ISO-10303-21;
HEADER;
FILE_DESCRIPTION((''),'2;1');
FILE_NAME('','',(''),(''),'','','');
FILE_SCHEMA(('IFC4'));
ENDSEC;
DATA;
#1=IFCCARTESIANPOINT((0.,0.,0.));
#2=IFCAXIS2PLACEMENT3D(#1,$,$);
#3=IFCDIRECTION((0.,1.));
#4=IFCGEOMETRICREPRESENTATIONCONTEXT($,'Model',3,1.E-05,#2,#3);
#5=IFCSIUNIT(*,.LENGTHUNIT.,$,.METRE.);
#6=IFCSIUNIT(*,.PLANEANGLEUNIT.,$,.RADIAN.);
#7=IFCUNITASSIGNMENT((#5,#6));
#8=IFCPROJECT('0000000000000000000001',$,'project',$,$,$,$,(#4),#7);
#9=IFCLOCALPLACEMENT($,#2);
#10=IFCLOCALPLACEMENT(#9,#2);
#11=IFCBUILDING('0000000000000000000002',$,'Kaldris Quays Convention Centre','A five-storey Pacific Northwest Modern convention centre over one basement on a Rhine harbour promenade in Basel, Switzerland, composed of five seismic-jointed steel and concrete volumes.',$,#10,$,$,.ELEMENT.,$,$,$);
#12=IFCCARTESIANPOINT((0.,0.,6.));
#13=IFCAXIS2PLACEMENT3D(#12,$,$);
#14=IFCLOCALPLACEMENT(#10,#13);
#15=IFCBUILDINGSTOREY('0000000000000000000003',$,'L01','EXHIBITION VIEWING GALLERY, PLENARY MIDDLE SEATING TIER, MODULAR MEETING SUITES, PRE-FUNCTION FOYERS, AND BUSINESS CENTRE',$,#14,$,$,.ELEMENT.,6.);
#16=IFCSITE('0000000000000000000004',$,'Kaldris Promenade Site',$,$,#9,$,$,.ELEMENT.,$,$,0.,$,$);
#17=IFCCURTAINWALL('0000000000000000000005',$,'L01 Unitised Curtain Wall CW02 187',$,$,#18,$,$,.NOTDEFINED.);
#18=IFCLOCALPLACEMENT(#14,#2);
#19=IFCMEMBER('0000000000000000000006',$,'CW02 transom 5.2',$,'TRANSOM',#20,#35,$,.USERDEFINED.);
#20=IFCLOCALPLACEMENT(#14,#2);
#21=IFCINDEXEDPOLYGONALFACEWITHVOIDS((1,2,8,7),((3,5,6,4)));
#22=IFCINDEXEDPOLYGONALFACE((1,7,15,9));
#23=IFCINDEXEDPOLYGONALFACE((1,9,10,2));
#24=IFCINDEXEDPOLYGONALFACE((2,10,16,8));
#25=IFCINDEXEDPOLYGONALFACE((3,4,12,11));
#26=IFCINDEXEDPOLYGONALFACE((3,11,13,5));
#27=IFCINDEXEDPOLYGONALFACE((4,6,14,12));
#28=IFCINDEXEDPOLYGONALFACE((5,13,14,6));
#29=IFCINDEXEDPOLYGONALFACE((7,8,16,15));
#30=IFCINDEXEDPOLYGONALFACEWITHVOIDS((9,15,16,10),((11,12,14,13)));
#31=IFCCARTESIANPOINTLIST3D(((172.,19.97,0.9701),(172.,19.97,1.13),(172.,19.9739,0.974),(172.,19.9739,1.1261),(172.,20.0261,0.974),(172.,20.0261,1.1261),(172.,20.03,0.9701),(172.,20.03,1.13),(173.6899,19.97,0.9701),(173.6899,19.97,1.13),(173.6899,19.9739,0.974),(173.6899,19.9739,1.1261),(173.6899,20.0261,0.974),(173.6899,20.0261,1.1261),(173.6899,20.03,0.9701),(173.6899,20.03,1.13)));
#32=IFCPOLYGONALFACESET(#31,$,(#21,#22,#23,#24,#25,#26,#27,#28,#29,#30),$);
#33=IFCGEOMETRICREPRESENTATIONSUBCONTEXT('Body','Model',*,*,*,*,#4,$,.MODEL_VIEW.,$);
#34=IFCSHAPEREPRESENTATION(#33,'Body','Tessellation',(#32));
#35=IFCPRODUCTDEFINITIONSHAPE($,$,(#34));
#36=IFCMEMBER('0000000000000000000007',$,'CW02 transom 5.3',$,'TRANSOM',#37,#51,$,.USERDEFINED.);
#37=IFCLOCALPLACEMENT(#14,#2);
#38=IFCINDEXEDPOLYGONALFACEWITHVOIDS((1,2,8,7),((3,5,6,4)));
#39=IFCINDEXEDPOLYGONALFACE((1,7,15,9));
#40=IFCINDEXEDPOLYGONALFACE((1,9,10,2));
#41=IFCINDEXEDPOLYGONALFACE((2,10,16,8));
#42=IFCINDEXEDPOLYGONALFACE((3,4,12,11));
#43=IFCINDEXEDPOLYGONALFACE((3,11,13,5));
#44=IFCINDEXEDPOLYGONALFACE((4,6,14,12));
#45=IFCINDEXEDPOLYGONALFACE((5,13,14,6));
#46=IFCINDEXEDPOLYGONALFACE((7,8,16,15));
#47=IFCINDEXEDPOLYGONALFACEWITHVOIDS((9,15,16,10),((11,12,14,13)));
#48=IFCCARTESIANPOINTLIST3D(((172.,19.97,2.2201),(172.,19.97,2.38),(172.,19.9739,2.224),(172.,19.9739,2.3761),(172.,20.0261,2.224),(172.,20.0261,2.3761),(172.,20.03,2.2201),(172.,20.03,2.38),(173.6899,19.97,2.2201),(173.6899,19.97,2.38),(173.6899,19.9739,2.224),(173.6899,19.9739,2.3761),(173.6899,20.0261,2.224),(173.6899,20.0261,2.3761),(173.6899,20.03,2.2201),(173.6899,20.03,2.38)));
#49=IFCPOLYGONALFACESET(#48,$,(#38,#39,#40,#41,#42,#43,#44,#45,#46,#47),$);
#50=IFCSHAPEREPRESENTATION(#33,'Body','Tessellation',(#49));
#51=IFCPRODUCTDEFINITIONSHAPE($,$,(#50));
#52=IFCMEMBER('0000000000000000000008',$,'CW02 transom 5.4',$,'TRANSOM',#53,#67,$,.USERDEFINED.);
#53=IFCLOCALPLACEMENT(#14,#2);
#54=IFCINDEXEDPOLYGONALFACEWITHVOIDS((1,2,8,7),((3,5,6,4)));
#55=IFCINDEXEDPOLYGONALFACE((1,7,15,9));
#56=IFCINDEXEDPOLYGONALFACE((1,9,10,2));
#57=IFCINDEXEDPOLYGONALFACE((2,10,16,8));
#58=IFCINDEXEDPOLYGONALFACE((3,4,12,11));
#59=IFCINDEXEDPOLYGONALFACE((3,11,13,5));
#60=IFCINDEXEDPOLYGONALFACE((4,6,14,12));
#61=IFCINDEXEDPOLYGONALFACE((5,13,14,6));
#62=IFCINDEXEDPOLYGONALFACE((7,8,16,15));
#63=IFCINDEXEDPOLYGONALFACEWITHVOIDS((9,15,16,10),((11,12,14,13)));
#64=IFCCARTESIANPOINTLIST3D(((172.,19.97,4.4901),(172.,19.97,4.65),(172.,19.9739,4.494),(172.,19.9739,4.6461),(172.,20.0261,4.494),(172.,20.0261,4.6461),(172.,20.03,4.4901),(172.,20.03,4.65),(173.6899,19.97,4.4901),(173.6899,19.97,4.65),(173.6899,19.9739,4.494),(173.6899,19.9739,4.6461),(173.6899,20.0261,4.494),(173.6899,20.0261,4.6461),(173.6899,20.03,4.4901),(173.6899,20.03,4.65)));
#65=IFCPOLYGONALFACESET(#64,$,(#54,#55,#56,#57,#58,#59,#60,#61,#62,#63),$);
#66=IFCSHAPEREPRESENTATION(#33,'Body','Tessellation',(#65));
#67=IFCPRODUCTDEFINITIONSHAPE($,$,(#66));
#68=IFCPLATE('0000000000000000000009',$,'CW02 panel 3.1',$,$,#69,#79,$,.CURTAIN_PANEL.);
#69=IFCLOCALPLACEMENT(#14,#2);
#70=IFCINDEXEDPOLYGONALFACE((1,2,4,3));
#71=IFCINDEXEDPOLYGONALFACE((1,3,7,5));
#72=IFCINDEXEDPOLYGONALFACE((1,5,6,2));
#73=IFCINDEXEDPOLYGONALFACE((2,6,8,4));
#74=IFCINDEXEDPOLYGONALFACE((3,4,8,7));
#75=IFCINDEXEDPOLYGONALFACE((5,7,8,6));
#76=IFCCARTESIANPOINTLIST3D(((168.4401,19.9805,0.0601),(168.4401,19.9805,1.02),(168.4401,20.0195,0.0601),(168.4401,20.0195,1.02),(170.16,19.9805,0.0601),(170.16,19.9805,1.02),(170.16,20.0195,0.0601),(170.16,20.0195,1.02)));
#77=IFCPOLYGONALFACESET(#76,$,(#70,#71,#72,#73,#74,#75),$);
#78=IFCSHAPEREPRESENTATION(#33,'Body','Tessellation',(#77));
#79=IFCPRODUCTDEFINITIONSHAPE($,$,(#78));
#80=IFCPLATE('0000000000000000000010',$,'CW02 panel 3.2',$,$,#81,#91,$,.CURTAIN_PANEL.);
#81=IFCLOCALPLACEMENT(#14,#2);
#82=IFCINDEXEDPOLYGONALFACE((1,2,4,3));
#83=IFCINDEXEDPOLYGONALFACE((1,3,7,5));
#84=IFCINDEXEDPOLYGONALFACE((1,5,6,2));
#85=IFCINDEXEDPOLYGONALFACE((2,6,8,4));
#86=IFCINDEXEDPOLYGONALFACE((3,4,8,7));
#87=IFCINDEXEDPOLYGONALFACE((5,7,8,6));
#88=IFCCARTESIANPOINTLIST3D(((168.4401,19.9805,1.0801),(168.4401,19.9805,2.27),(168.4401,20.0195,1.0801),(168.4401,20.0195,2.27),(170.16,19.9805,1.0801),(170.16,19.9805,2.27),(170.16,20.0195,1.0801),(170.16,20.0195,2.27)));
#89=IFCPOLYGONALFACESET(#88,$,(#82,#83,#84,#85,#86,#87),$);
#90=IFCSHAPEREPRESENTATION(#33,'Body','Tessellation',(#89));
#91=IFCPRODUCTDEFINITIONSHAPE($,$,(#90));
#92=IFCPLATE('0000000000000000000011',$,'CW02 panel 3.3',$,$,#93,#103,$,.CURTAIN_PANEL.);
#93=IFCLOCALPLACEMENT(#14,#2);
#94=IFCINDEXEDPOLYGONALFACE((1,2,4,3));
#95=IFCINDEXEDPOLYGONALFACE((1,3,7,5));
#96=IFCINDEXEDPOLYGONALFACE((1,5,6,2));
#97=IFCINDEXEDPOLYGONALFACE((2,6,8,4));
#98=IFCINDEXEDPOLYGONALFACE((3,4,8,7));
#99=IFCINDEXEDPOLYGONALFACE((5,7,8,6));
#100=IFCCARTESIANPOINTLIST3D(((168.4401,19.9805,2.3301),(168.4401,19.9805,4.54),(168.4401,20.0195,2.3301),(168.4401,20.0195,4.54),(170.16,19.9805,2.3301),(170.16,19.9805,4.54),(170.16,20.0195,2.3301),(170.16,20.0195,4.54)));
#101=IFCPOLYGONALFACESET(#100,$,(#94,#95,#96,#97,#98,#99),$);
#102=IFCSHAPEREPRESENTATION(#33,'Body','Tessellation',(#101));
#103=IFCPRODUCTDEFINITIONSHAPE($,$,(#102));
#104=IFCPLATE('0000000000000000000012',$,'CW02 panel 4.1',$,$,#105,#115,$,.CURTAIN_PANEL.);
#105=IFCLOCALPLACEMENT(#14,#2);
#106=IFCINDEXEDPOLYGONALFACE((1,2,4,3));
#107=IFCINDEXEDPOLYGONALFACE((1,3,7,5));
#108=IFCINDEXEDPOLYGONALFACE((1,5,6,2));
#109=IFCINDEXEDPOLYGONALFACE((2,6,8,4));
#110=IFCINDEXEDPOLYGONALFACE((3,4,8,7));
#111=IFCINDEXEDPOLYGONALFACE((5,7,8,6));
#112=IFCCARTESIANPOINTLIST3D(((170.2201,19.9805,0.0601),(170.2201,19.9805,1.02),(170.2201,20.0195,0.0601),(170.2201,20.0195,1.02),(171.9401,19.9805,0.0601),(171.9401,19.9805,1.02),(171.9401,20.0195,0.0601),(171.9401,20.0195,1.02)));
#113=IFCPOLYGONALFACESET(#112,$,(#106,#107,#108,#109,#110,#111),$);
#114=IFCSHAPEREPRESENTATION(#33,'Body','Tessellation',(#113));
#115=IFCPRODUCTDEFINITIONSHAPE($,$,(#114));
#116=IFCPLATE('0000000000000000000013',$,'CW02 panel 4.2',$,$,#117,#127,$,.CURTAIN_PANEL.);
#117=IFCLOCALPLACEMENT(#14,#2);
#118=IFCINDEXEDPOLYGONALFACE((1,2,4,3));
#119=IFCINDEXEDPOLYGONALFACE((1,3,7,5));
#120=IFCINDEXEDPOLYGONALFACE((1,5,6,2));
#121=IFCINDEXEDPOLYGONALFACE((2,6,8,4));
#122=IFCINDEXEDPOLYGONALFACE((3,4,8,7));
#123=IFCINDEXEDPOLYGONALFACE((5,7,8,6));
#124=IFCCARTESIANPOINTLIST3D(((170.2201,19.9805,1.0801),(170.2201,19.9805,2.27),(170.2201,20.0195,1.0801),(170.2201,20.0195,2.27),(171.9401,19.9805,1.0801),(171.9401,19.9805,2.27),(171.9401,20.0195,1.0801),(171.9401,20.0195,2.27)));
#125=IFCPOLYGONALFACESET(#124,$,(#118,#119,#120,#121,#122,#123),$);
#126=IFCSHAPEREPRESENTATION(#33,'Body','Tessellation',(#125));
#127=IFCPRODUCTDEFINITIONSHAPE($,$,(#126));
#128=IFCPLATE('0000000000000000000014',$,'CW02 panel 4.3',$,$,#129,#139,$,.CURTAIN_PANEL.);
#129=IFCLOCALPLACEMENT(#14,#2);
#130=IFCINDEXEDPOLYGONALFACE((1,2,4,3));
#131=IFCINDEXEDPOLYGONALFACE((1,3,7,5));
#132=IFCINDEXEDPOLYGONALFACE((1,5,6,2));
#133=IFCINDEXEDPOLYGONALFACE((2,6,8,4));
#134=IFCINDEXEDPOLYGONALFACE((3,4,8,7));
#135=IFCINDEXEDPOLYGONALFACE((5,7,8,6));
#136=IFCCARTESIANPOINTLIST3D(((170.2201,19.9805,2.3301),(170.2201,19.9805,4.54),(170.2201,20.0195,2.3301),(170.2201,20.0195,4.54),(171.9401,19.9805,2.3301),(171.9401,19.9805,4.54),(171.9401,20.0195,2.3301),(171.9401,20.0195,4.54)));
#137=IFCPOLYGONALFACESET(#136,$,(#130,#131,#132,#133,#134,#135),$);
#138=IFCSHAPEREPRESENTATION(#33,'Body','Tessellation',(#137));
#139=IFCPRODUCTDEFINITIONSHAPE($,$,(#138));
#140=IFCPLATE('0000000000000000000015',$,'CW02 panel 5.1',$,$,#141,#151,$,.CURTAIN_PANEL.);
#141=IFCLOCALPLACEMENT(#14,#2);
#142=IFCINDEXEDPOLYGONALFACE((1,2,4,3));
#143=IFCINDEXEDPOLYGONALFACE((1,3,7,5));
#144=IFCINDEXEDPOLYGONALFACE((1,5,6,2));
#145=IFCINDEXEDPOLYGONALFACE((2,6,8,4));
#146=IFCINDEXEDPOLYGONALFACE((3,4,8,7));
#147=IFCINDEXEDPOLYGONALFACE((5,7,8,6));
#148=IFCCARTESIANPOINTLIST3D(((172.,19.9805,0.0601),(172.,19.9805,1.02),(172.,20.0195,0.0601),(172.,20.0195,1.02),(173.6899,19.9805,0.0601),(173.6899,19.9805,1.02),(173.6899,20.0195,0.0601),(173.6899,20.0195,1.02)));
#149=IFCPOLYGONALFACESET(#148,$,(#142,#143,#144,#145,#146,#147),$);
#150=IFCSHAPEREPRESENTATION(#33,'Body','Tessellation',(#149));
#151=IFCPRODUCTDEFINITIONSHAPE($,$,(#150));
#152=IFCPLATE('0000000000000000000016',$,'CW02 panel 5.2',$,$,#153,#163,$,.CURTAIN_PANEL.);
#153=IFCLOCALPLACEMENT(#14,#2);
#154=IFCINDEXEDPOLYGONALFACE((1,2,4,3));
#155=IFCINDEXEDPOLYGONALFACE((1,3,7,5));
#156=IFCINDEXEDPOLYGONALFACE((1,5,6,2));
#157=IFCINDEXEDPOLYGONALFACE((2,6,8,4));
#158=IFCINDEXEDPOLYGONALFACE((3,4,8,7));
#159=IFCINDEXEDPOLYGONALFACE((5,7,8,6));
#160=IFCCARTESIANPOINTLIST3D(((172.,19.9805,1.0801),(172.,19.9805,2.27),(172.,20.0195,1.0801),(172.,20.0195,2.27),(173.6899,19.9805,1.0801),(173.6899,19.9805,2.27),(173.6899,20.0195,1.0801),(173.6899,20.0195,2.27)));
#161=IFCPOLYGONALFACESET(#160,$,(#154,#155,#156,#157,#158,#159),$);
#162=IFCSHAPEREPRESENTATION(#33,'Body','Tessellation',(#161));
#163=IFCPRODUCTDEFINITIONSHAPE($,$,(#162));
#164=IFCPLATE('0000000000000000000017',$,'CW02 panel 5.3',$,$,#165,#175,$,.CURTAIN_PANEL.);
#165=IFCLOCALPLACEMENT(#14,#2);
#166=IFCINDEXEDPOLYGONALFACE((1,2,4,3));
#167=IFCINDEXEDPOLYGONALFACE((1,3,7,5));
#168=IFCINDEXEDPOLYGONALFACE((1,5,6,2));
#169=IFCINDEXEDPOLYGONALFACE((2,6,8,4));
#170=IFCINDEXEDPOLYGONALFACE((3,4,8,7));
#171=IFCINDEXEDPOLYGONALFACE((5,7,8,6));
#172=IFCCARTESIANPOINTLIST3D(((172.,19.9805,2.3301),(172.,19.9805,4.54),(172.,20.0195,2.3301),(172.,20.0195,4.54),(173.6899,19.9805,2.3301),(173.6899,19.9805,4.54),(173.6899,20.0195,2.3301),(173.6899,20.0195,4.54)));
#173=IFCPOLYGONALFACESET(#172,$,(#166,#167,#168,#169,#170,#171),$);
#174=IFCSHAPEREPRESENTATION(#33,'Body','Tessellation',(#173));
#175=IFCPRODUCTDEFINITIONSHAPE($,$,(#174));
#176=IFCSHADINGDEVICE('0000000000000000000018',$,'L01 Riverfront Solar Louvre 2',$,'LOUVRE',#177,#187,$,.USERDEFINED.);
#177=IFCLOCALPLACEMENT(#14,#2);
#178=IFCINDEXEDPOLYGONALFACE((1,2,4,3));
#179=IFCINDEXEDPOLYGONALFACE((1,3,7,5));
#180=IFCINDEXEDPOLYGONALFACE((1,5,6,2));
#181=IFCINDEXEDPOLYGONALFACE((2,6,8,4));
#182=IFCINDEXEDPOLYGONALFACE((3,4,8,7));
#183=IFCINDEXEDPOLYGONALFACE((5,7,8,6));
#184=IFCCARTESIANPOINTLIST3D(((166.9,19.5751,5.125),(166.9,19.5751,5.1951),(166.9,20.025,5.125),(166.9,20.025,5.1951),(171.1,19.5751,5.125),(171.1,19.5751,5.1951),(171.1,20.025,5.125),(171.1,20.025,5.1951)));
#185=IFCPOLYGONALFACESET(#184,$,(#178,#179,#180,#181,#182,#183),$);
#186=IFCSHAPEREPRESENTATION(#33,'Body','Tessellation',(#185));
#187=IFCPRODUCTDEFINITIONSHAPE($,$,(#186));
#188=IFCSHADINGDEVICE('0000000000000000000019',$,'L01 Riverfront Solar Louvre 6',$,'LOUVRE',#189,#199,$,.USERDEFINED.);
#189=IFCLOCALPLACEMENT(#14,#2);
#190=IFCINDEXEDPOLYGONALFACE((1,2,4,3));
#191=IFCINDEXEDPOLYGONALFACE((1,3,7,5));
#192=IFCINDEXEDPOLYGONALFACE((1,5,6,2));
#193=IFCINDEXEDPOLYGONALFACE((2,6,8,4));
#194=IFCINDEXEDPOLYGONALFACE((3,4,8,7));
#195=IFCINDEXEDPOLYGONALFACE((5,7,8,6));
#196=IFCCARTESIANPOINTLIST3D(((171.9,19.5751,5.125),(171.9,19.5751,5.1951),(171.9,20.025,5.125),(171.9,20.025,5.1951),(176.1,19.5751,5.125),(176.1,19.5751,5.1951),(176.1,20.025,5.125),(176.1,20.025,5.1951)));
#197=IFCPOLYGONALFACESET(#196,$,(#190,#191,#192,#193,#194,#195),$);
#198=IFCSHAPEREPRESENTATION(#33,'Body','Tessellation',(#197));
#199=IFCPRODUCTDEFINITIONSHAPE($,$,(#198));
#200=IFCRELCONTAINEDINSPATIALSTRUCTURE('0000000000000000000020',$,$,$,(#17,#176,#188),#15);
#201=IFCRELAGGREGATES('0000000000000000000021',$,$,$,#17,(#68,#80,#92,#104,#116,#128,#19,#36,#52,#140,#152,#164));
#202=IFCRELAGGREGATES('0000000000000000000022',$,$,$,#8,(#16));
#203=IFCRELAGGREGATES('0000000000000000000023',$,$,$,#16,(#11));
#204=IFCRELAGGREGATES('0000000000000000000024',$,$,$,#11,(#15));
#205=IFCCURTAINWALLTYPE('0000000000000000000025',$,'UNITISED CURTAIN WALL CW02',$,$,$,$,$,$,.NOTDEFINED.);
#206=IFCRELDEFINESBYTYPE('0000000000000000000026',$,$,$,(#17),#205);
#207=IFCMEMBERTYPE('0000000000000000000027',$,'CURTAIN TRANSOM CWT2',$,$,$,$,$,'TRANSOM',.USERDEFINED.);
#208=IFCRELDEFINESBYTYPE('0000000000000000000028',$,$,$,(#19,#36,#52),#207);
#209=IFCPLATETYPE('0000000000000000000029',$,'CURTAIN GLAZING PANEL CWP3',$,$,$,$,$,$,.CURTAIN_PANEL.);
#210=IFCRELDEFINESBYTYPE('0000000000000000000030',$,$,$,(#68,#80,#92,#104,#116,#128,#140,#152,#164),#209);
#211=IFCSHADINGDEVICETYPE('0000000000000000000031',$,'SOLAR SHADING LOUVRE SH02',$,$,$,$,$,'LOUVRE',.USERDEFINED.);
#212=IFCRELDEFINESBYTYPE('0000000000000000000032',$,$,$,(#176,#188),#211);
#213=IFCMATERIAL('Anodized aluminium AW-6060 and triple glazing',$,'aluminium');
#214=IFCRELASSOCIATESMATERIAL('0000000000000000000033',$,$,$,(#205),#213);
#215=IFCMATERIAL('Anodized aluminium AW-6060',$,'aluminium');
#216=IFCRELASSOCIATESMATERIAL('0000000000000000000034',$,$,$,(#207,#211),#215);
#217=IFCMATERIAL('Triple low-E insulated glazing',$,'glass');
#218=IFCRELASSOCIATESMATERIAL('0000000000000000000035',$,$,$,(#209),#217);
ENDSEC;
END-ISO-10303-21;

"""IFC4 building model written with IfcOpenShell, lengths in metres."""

from ifc_helpers import new_model, si_unit, direction, frame, origin, origin_2d, place, context, subcontext, project, spatial, rectangle, hollow_rectangle, extrude, material, material_profile, profile_set, type_object, element, aggregate, save


model = new_model("IFC4")

# Units and contexts
model_context = context("Model", 3, precision=1e-05, world=origin(), true_north=direction((0.0, 1.0)))
body_context = subcontext(model_context, "Body", "Model", "MODEL_VIEW")
ifc_project = project(units=[si_unit("LENGTHUNIT", "METRE"), si_unit("PLANEANGLEUNIT", "RADIAN")], contexts=[model_context])

# Site, building, storey
site_placement = place(None, origin())
site = spatial("IfcSite", under=ifc_project, at=site_placement, Name="Kaldris Promenade Site", CompositionType="ELEMENT", RefElevation=0.0)
building_placement = place(site_placement, origin())
building = spatial("IfcBuilding", under=site, at=building_placement, Name="Kaldris Quays Convention Centre", Description="A five-storey Pacific Northwest Modern convention centre over one basement on a Rhine harbour promenade in Basel, Switzerland, composed of five seismic-jointed steel and concrete volumes.", CompositionType="ELEMENT")
storey_placement = place(building_placement, frame((0.0, 0.0, 6.0)))
storey = spatial("IfcBuildingStorey", under=building, at=storey_placement, Name="L01", Description="EXHIBITION VIEWING GALLERY, PLENARY MIDDLE SEATING TIER, MODULAR MEETING SUITES, PRE-FUNCTION FOYERS, AND BUSINESS CENTRE", CompositionType="ELEMENT", Elevation=6.0)

# Curtain wall, members, plates
ifc_material_1 = material(Name="Anodized aluminium AW-6060 and triple glazing", Category="aluminium")
curtain_wall_type = type_object("IfcCurtainWallType", Name="UNITISED CURTAIN WALL CW02", PredefinedType="NOTDEFINED", material=ifc_material_1)
curtain_wall_placement = place(storey_placement, origin())
curtain_wall = element("IfcCurtainWall", 1, at=curtain_wall_placement, inside=storey, type_object=curtain_wall_type, Name="L01 Unitised Curtain Wall CW02 187", PredefinedType="NOTDEFINED")
ifc_material_2 = material(Name="Anodized aluminium AW-6060", Category="aluminium")
ifc_material_profile_1 = material_profile(ifc_material_2, hollow_rectangle(XDim=0.0601, YDim=0.1599, WallThickness=0.0039, at=origin_2d()), Name="RHS 160x60x4")
ifc_profile_set_1 = profile_set([ifc_material_profile_1], Name="Anodized aluminium AW-6060")
member_type_1 = type_object("IfcMemberType", Name="CURTAIN TRANSOM CWT2", ElementType="TRANSOM", PredefinedType="USERDEFINED", material=ifc_profile_set_1)
member_1_placement = place(storey_placement, frame((172.0, 20.0, 1.05), z_axis=(1.0, 0.0, 0.0), x_axis=(0.0, 1.0, 0.0)))
member_1 = element("IfcMember", 2, at=member_1_placement, type_object=member_type_1, Name="CW02 transom 5.2", ObjectType="TRANSOM", PredefinedType="USERDEFINED", context=body_context, shape_type="SweptSolid", body=[
    extrude(hollow_rectangle(XDim=0.0601, YDim=0.1599, WallThickness=0.0039, at=origin_2d()), origin(), (0.0, 0.0, 1.0), 1.6899),
])
member_2_placement = place(storey_placement, frame((172.0, 20.0, 2.3), z_axis=(1.0, 0.0, 0.0), x_axis=(0.0, 1.0, 0.0)))
member_2 = element("IfcMember", 3, at=member_2_placement, type_object=member_type_1, Name="CW02 transom 5.3", ObjectType="TRANSOM", PredefinedType="USERDEFINED", context=body_context, shape_type="SweptSolid", body=[
    extrude(hollow_rectangle(XDim=0.0601, YDim=0.1599, WallThickness=0.0039, at=origin_2d()), origin(), (0.0, 0.0, 1.0), 1.6899),
])
member_3_placement = place(storey_placement, frame((172.0, 20.0, 4.5701), z_axis=(1.0, 0.0, 0.0), x_axis=(0.0, 1.0, 0.0)))
member_3 = element("IfcMember", 4, at=member_3_placement, type_object=member_type_1, Name="CW02 transom 5.4", ObjectType="TRANSOM", PredefinedType="USERDEFINED", context=body_context, shape_type="SweptSolid", body=[
    extrude(hollow_rectangle(XDim=0.0601, YDim=0.1599, WallThickness=0.0039, at=origin_2d()), origin(), (0.0, 0.0, 1.0), 1.6899),
])
ifc_material_3 = material(Name="Triple low-E insulated glazing", Category="glass")
plate_type = type_object("IfcPlateType", Name="CURTAIN GLAZING PANEL CWP3", PredefinedType="CURTAIN_PANEL", material=ifc_material_3)
plate_1_placement = place(storey_placement, frame((169.3, 20.0, 0.0601), z_axis=(0.0, 0.0, 1.0), x_axis=(1.0, 0.0, 0.0)))
plate_1 = element("IfcPlate", 5, at=plate_1_placement, type_object=plate_type, Name="CW02 panel 3.1", PredefinedType="CURTAIN_PANEL", context=body_context, shape_type="SweptSolid", body=[
    extrude(rectangle(XDim=1.72, YDim=0.0391, at=origin_2d()), origin(), (0.0, 0.0, 1.0), 0.96),
])
plate_2_placement = place(storey_placement, frame((169.3, 20.0, 1.0801), z_axis=(0.0, 0.0, 1.0), x_axis=(1.0, 0.0, 0.0)))
plate_2 = element("IfcPlate", 6, at=plate_2_placement, type_object=plate_type, Name="CW02 panel 3.2", PredefinedType="CURTAIN_PANEL", context=body_context, shape_type="SweptSolid", body=[
    extrude(rectangle(XDim=1.72, YDim=0.0391, at=origin_2d()), origin(), (0.0, 0.0, 1.0), 1.1899),
])
plate_3_placement = place(storey_placement, frame((169.3, 20.0, 2.3301), z_axis=(0.0, 0.0, 1.0), x_axis=(1.0, 0.0, 0.0)))
plate_3 = element("IfcPlate", 7, at=plate_3_placement, type_object=plate_type, Name="CW02 panel 3.3", PredefinedType="CURTAIN_PANEL", context=body_context, shape_type="SweptSolid", body=[
    extrude(rectangle(XDim=1.72, YDim=0.0391, at=origin_2d()), origin(), (0.0, 0.0, 1.0), 2.21),
])
plate_4_placement = place(storey_placement, frame((171.0801, 20.0, 0.0601), z_axis=(0.0, 0.0, 1.0), x_axis=(1.0, 0.0, 0.0)))
plate_4 = element("IfcPlate", 8, at=plate_4_placement, type_object=plate_type, Name="CW02 panel 4.1", PredefinedType="CURTAIN_PANEL", context=body_context, shape_type="SweptSolid", body=[
    extrude(rectangle(XDim=1.72, YDim=0.0391, at=origin_2d()), origin(), (0.0, 0.0, 1.0), 0.96),
])
plate_5_placement = place(storey_placement, frame((171.0801, 20.0, 1.0801), z_axis=(0.0, 0.0, 1.0), x_axis=(1.0, 0.0, 0.0)))
plate_5 = element("IfcPlate", 9, at=plate_5_placement, type_object=plate_type, Name="CW02 panel 4.2", PredefinedType="CURTAIN_PANEL", context=body_context, shape_type="SweptSolid", body=[
    extrude(rectangle(XDim=1.72, YDim=0.0391, at=origin_2d()), origin(), (0.0, 0.0, 1.0), 1.1899),
])
plate_6_placement = place(storey_placement, frame((171.0801, 20.0, 2.3301), z_axis=(0.0, 0.0, 1.0), x_axis=(1.0, 0.0, 0.0)))
plate_6 = element("IfcPlate", 10, at=plate_6_placement, type_object=plate_type, Name="CW02 panel 4.3", PredefinedType="CURTAIN_PANEL", context=body_context, shape_type="SweptSolid", body=[
    extrude(rectangle(XDim=1.72, YDim=0.0391, at=origin_2d()), origin(), (0.0, 0.0, 1.0), 2.21),
])
plate_7_placement = place(storey_placement, frame((172.845, 20.0, 0.0601), z_axis=(0.0, 0.0, 1.0), x_axis=(1.0, 0.0, 0.0)))
plate_7 = element("IfcPlate", 11, at=plate_7_placement, type_object=plate_type, Name="CW02 panel 5.1", PredefinedType="CURTAIN_PANEL", context=body_context, shape_type="SweptSolid", body=[
    extrude(rectangle(XDim=1.6899, YDim=0.0391, at=origin_2d()), origin(), (0.0, 0.0, 1.0), 0.96),
])
plate_8_placement = place(storey_placement, frame((172.845, 20.0, 1.0801), z_axis=(0.0, 0.0, 1.0), x_axis=(1.0, 0.0, 0.0)))
plate_8 = element("IfcPlate", 12, at=plate_8_placement, type_object=plate_type, Name="CW02 panel 5.2", PredefinedType="CURTAIN_PANEL", context=body_context, shape_type="SweptSolid", body=[
    extrude(rectangle(XDim=1.6899, YDim=0.0391, at=origin_2d()), origin(), (0.0, 0.0, 1.0), 1.1899),
])
plate_9_placement = place(storey_placement, frame((172.845, 20.0, 2.3301), z_axis=(0.0, 0.0, 1.0), x_axis=(1.0, 0.0, 0.0)))
plate_9 = element("IfcPlate", 13, at=plate_9_placement, type_object=plate_type, Name="CW02 panel 5.3", PredefinedType="CURTAIN_PANEL", context=body_context, shape_type="SweptSolid", body=[
    extrude(rectangle(XDim=1.6899, YDim=0.0391, at=origin_2d()), origin(), (0.0, 0.0, 1.0), 2.21),
])
aggregate(curtain_wall, [plate_1, plate_2, plate_3, plate_4, plate_5, plate_6, member_1, member_2, member_3, plate_7, plate_8, plate_9])

# Shading devices
shading_device_type = type_object("IfcShadingDeviceType", Name="SOLAR SHADING LOUVRE SH02", ElementType="LOUVRE", PredefinedType="USERDEFINED", material=ifc_material_2)
for number, where, z_axis, x_axis, name in (
    (14, (169.0, 19.8, 5.125), (0.0, 0.0, 1.0), (1.0, 0.0, 0.0), "L01 Riverfront Solar Louvre 2"),
    (15, (174.0, 19.8, 5.125), (0.0, 0.0, 1.0), (1.0, 0.0, 0.0), "L01 Riverfront Solar Louvre 6"),
):
    element("IfcShadingDevice", number, at=place(storey_placement, frame(where, z_axis=z_axis, x_axis=x_axis)), inside=storey, type_object=shading_device_type, Name=name, ObjectType="LOUVRE", PredefinedType="USERDEFINED", context=body_context, shape_type="SweptSolid", body=[
        extrude(rectangle(XDim=4.2, YDim=0.45, at=origin_2d()), origin(), (0.0, 0.0, 1.0), 0.0701),
    ])

save(model, "model.ifc")
